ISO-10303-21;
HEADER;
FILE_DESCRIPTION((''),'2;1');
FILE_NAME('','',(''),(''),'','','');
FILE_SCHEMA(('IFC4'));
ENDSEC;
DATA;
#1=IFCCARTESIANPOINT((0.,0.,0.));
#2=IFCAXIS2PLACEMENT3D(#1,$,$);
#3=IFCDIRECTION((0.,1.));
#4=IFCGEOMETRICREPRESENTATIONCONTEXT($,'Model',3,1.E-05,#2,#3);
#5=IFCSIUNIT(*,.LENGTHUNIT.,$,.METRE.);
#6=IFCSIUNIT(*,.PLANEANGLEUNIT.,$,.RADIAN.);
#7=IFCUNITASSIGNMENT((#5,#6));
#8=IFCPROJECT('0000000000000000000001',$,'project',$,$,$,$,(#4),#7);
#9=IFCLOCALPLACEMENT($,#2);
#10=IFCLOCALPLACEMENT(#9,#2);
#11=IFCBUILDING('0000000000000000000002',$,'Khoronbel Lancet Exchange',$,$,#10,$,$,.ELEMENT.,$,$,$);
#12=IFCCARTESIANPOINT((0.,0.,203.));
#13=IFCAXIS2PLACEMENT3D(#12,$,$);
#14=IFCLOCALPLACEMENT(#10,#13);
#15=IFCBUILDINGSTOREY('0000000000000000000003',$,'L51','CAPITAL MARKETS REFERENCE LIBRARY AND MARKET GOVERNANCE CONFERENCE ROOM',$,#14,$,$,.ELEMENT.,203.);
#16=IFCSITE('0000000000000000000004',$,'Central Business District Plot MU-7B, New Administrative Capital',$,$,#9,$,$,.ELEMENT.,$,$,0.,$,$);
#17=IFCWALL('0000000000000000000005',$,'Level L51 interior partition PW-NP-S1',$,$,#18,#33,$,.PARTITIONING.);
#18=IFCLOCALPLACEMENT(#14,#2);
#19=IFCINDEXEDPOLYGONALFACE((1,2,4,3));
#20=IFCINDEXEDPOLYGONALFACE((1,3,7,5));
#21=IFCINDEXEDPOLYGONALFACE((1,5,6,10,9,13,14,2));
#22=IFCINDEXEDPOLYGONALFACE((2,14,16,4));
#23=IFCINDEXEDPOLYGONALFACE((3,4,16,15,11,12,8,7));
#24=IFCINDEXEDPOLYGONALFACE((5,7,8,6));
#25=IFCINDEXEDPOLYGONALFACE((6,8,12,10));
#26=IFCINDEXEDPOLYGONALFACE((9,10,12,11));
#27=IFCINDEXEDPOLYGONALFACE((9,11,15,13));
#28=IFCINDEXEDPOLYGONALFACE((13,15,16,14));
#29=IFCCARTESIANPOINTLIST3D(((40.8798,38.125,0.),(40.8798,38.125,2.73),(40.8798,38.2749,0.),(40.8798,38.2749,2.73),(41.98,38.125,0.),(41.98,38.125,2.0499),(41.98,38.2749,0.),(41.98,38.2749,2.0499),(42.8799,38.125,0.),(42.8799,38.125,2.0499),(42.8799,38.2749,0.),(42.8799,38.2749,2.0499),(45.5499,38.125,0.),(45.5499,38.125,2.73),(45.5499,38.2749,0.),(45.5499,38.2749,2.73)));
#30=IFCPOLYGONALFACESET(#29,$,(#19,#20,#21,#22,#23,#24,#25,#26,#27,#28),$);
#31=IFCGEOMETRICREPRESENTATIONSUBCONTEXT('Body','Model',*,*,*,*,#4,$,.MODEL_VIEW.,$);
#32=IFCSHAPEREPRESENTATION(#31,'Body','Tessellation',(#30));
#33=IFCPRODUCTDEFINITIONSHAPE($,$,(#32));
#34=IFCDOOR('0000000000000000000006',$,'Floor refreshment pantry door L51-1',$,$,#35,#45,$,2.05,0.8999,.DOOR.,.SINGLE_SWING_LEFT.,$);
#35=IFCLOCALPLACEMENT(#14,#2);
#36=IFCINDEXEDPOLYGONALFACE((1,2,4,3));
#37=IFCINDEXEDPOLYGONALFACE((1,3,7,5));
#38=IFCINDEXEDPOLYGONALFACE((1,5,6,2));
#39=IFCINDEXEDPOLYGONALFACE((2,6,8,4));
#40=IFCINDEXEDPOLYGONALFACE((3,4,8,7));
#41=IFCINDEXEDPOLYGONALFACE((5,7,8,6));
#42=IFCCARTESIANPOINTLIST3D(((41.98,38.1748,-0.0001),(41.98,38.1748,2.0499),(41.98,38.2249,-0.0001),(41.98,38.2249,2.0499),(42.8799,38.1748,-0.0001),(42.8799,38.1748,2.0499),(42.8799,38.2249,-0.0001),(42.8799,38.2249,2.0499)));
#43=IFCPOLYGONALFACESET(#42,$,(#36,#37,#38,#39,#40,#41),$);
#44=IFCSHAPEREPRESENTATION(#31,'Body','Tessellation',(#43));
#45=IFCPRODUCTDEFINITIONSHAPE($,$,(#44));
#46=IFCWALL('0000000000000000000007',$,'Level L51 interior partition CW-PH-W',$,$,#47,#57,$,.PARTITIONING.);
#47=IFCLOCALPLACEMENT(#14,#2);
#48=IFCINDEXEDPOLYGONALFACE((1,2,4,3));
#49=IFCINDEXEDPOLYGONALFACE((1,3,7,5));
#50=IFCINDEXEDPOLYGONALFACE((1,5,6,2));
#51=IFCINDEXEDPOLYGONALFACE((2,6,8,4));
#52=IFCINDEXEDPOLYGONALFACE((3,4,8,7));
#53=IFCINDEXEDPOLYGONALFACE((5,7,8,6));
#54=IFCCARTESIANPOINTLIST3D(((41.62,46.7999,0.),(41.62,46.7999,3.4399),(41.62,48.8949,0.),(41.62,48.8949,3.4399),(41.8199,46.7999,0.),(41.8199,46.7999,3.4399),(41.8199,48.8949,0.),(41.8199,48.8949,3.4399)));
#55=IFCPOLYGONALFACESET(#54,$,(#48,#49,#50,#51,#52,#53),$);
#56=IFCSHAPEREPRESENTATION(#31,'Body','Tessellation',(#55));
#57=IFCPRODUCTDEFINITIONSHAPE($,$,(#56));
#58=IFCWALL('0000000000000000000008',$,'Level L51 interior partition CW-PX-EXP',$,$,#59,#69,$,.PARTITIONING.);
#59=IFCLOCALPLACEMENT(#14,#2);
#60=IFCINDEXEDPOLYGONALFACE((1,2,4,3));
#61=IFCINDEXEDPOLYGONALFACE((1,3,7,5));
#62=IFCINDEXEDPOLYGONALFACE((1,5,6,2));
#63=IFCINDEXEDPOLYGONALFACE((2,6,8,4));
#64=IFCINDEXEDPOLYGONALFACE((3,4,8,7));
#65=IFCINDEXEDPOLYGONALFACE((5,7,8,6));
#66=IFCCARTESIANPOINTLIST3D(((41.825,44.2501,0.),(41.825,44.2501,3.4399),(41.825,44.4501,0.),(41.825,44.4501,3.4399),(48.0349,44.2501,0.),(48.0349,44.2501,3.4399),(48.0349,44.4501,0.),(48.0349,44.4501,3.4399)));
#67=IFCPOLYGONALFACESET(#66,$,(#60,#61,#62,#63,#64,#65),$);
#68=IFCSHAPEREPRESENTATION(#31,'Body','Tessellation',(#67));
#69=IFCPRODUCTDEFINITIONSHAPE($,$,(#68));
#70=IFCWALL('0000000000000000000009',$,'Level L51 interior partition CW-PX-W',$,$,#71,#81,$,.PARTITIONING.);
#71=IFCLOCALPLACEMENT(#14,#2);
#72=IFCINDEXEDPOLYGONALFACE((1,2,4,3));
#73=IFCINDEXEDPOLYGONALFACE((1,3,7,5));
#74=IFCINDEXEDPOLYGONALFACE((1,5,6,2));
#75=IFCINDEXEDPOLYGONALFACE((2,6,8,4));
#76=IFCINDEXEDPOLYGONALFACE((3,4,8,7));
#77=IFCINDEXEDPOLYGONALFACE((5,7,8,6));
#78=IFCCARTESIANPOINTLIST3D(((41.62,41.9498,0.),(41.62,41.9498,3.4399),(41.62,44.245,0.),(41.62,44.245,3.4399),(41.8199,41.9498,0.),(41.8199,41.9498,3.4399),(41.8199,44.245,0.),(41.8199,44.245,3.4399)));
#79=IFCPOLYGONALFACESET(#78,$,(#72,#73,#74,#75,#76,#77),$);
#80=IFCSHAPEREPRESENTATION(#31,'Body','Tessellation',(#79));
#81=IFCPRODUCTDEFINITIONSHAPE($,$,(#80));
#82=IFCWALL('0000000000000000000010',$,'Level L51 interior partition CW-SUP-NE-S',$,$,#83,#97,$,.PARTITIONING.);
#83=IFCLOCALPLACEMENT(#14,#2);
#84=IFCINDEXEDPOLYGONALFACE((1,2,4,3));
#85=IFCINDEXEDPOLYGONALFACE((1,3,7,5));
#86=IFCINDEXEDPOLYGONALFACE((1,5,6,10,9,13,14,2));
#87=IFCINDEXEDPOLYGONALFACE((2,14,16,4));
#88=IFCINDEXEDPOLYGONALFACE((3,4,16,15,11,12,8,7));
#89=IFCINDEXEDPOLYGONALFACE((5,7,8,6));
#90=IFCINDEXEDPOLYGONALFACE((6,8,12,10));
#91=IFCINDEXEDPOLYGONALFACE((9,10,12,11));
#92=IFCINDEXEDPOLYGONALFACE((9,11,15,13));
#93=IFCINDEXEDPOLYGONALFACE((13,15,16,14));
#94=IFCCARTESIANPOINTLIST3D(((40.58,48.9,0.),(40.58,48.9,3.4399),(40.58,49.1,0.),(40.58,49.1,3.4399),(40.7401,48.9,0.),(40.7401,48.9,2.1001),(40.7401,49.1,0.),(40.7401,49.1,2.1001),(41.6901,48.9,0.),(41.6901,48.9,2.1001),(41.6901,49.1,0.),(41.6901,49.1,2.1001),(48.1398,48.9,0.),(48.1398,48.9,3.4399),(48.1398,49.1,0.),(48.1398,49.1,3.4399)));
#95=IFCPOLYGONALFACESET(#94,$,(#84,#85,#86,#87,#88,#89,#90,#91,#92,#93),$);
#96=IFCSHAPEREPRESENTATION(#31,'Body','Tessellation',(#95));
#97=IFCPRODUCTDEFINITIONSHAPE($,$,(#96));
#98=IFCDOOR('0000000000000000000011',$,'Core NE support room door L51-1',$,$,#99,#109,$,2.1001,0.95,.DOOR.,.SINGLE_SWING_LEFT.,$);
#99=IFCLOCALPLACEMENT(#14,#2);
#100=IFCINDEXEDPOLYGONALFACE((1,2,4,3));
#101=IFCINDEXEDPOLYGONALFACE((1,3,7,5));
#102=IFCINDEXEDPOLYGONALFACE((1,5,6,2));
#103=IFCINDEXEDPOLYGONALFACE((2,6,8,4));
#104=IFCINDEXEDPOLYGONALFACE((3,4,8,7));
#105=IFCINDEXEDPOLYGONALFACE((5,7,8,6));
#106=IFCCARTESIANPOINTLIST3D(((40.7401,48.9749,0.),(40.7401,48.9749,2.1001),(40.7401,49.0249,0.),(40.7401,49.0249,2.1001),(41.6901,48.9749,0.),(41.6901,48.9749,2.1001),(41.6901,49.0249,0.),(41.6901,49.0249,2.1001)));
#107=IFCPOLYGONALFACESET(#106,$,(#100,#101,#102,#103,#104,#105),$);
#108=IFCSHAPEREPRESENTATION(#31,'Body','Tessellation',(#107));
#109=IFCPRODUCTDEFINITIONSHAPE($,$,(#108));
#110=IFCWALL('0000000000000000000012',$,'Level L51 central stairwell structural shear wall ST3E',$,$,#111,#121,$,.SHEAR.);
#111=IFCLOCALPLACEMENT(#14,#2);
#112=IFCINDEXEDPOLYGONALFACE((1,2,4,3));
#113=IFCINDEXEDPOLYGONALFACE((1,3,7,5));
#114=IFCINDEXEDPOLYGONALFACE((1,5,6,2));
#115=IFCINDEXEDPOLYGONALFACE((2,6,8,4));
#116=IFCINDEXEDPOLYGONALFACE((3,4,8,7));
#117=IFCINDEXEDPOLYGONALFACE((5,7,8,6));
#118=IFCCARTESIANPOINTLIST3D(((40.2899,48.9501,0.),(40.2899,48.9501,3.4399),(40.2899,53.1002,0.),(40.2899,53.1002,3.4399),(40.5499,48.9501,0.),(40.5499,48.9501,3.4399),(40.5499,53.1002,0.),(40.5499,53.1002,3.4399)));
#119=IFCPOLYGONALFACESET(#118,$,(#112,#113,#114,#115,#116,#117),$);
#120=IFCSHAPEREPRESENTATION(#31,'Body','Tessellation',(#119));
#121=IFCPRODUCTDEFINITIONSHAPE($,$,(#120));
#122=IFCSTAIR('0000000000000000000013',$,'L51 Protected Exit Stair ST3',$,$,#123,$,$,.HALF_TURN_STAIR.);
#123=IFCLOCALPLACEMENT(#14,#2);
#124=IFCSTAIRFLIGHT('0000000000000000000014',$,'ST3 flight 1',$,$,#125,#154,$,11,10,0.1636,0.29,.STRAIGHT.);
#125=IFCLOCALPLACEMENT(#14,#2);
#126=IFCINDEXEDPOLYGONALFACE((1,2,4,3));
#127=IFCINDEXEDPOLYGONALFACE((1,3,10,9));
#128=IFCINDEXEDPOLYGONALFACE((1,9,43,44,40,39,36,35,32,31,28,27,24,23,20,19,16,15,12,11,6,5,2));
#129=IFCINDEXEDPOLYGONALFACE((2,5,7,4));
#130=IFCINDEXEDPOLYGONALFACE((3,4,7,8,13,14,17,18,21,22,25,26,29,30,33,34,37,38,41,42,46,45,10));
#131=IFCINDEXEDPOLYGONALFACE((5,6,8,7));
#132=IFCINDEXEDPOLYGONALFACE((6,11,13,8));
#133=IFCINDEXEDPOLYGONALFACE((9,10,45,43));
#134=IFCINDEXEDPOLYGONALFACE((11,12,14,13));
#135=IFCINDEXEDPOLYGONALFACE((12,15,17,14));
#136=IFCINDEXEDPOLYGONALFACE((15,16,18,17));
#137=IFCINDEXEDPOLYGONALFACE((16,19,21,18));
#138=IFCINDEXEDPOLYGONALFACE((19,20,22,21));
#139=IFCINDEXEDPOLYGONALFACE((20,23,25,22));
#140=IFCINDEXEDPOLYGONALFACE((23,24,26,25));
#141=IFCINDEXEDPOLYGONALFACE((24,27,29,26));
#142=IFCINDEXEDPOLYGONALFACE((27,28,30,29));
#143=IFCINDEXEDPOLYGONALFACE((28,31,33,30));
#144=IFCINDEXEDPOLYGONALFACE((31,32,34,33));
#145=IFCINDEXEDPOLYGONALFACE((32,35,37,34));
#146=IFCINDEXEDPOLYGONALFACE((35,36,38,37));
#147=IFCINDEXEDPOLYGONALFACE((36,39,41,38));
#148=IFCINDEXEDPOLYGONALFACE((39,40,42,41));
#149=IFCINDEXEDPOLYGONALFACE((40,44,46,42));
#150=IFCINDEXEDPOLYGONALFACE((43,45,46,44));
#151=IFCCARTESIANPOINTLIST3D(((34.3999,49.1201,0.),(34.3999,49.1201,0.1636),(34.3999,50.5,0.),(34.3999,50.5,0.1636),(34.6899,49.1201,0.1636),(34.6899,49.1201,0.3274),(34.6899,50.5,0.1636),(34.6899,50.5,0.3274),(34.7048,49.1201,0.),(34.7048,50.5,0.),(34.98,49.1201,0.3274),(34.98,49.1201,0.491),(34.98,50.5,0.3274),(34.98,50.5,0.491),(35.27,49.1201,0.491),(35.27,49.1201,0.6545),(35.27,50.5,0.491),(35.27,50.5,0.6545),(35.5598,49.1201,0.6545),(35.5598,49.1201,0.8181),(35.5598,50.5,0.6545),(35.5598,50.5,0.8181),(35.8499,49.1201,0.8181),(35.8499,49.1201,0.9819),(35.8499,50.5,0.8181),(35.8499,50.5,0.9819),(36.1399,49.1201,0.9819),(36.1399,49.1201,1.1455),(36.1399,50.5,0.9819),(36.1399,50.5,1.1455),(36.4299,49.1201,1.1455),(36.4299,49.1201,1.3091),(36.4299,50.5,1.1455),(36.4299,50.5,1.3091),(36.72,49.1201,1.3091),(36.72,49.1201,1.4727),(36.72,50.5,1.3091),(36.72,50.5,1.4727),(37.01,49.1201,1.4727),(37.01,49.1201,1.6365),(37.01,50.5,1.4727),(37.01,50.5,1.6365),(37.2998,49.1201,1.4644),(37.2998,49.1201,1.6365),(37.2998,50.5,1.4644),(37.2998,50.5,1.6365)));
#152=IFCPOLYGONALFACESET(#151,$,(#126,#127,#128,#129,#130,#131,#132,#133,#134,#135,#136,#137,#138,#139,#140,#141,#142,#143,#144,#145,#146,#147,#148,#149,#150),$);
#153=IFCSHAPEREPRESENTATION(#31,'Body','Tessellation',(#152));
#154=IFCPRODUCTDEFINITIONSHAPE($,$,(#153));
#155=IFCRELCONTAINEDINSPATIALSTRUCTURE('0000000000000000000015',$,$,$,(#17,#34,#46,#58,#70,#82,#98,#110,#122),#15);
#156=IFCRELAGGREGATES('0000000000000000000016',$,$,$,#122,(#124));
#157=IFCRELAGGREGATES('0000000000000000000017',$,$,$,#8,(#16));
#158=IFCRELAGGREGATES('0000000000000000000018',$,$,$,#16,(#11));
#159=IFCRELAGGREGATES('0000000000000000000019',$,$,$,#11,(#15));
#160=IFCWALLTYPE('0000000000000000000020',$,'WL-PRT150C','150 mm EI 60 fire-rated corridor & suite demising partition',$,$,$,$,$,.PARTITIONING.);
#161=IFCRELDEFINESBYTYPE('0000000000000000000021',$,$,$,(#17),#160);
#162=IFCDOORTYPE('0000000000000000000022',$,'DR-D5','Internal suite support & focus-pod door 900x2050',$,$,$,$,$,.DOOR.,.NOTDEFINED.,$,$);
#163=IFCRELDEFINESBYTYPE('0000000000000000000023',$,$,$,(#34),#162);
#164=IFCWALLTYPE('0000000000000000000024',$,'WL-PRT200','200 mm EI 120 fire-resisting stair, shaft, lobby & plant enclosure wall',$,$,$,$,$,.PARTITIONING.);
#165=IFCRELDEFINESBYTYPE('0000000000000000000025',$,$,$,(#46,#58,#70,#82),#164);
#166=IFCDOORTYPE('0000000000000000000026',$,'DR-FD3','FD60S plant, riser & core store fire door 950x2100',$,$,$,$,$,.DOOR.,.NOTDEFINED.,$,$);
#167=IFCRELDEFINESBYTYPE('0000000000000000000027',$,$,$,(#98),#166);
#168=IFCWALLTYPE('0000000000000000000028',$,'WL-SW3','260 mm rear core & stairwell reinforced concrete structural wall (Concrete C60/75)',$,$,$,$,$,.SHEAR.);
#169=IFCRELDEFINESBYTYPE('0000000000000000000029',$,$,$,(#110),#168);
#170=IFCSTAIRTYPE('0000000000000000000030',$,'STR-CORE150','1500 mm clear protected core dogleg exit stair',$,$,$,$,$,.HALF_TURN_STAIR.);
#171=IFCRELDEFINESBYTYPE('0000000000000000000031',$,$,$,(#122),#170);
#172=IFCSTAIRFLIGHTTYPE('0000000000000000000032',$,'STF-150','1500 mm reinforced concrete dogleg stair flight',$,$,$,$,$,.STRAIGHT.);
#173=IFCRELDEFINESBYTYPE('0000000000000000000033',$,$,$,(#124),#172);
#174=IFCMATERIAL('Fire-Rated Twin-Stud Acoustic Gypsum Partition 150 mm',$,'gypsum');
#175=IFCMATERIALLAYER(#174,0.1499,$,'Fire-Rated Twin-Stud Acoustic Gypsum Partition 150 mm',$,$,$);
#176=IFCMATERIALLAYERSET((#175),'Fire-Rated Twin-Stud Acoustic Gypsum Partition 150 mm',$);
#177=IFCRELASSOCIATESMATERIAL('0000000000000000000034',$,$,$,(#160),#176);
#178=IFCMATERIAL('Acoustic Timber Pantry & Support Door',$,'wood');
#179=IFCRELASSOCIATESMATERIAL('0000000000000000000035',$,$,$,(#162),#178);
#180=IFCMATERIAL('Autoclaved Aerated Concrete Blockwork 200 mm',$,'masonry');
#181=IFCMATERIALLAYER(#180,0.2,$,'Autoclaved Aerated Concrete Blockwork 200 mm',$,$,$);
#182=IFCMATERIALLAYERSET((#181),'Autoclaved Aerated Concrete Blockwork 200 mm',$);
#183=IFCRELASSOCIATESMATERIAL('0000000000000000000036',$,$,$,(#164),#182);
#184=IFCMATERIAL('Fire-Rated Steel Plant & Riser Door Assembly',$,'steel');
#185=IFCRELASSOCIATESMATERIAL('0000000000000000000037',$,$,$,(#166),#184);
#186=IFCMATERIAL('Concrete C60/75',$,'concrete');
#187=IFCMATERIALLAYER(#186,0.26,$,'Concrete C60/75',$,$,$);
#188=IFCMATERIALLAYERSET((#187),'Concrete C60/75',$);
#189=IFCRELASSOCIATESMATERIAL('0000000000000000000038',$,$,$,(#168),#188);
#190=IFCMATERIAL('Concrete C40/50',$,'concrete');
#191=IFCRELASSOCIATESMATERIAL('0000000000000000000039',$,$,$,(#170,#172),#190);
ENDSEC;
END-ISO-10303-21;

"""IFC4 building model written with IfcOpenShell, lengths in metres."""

from ifc_helpers import new_model, si_unit, direction, frame, frame_2d, origin, place, context, subcontext, project, spatial, polyline, rectangle, outline, extrude, material, layer, layer_set, type_object, element, fill, aggregate, save


model = new_model("IFC4")

# Units and contexts
model_context = context("Model", 3, precision=1e-05, world=origin(), true_north=direction((0.0, 1.0)))
body_context = subcontext(model_context, "Body", "Model", "MODEL_VIEW")
ifc_project = project(units=[si_unit("LENGTHUNIT", "METRE"), si_unit("PLANEANGLEUNIT", "RADIAN")], contexts=[model_context])

# Site, building, storey
site_placement = place(None, origin())
site = spatial("IfcSite", under=ifc_project, at=site_placement, Name="Central Business District Plot MU-7B, New Administrative Capital", CompositionType="ELEMENT", RefElevation=0.0)
building_placement = place(site_placement, origin())
building = spatial("IfcBuilding", under=site, at=building_placement, Name="Khoronbel Lancet Exchange", CompositionType="ELEMENT")
storey_placement = place(building_placement, frame((0.0, 0.0, 203.0)))
storey = spatial("IfcBuildingStorey", under=building, at=storey_placement, Name="L51", Description="CAPITAL MARKETS REFERENCE LIBRARY AND MARKET GOVERNANCE CONFERENCE ROOM", CompositionType="ELEMENT", Elevation=203.0)

# Shared definitions
ifc_material_1 = material(Name="Concrete C60/75", Category="concrete")

# Wall, opening, door
ifc_material_2 = material(Name="Fire-Rated Twin-Stud Acoustic Gypsum Partition 150 mm", Category="gypsum")
ifc_layer_1 = layer(ifc_material_2, 0.1499, Name="Fire-Rated Twin-Stud Acoustic Gypsum Partition 150 mm")
ifc_layer_set_1 = layer_set([ifc_layer_1], Name="Fire-Rated Twin-Stud Acoustic Gypsum Partition 150 mm")
wall_type_1 = type_object("IfcWallType", Name="WL-PRT150C", Description="150 mm EI 60 fire-rated corridor & suite demising partition", PredefinedType="PARTITIONING", material=ifc_layer_set_1)
wall_1_placement = place(storey_placement, frame((40.8799, 38.2, 0.0), z_axis=(0.0, 0.0, 1.0), x_axis=(1.0, 0.0, 0.0)))
wall_1 = element("IfcWall", 1, at=wall_1_placement, inside=storey, type_object=wall_type_1, Name="Level L51 interior partition PW-NP-S1", PredefinedType="PARTITIONING", context=body_context, shape_type="SweptSolid", body=[
    extrude(rectangle(XDim=4.6702, YDim=0.1499, at=frame_2d((2.335, 0.0))), origin(), (0.0, 0.0, 1.0), 2.73),
])
opening_1_placement = place(wall_1_placement, frame((1.1001, 0.0, 0.0)))
opening_1 = element("IfcOpeningElement", 2, at=opening_1_placement, cuts=wall_1, PredefinedType="OPENING", context=body_context, shape_type="SweptSolid", body=[
    extrude(rectangle(XDim=0.8999, YDim=2.05, at=frame_2d((0.45, 1.0249))), frame((0.0, 0.085, 0.0), z_axis=(0.0, -1.0, 0.0), x_axis=(1.0, 0.0, 0.0)), (0.0, 0.0, 1.0), 0.1699),
])
ifc_material_3 = material(Name="Acoustic Timber Pantry & Support Door", Category="wood")
door_type_1 = type_object("IfcDoorType", Name="DR-D5", Description="Internal suite support & focus-pod door 900x2050", OperationType="NOTDEFINED", PredefinedType="DOOR", material=ifc_material_3)
door_1_placement = place(opening_1_placement, origin())
door_1 = element("IfcDoor", 3, at=door_1_placement, inside=storey, type_object=door_type_1, Name="Floor refreshment pantry door L51-1", OperationType="SINGLE_SWING_LEFT", OverallHeight=2.05, OverallWidth=0.8999, PredefinedType="DOOR", context=body_context, shape_type="SweptSolid", body=[
    extrude(rectangle(XDim=0.8999, YDim=2.05, at=frame_2d((0.45, 1.0249))), frame((0.0, 0.0249, 0.0), z_axis=(0.0, -1.0, 0.0), x_axis=(1.0, 0.0, 0.0)), (0.0, 0.0, 1.0), 0.05),
])
fill(opening_1, door_1)

# Walls
ifc_material_4 = material(Name="Autoclaved Aerated Concrete Blockwork 200 mm", Category="masonry")
ifc_layer_2 = layer(ifc_material_4, 0.2, Name="Autoclaved Aerated Concrete Blockwork 200 mm")
ifc_layer_set_2 = layer_set([ifc_layer_2], Name="Autoclaved Aerated Concrete Blockwork 200 mm")
wall_type_2 = type_object("IfcWallType", Name="WL-PRT200", Description="200 mm EI 120 fire-resisting stair, shaft, lobby & plant enclosure wall", PredefinedType="PARTITIONING", material=ifc_layer_set_2)
wall_2_placement = place(storey_placement, frame((41.72, 46.8, 0.0), z_axis=(0.0, 0.0, 1.0), x_axis=(0.0, 1.0, 0.0)))
element("IfcWall", 4, at=wall_2_placement, inside=storey, type_object=wall_type_2, Name="Level L51 interior partition CW-PH-W", PredefinedType="PARTITIONING", context=body_context, shape_type="SweptSolid", body=[
    extrude(rectangle(XDim=2.095, YDim=0.2, at=frame_2d((1.0474, 0.0))), origin(), (0.0, 0.0, 1.0), 3.4399),
])
wall_3_placement = place(storey_placement, frame((41.825, 44.3501, 0.0), z_axis=(0.0, 0.0, 1.0), x_axis=(1.0, 0.0, 0.0)))
element("IfcWall", 5, at=wall_3_placement, inside=storey, type_object=wall_type_2, Name="Level L51 interior partition CW-PX-EXP", PredefinedType="PARTITIONING", context=body_context, shape_type="SweptSolid", body=[
    extrude(rectangle(XDim=6.21, YDim=0.2, at=frame_2d((3.105, 0.0))), origin(), (0.0, 0.0, 1.0), 3.4399),
])
wall_4_placement = place(storey_placement, frame((41.72, 41.95, 0.0), z_axis=(0.0, 0.0, 1.0), x_axis=(0.0, 1.0, 0.0)))
element("IfcWall", 6, at=wall_4_placement, inside=storey, type_object=wall_type_2, Name="Level L51 interior partition CW-PX-W", PredefinedType="PARTITIONING", context=body_context, shape_type="SweptSolid", body=[
    extrude(rectangle(XDim=2.2952, YDim=0.2, at=frame_2d((1.1475, 0.0))), origin(), (0.0, 0.0, 1.0), 3.4399),
])

# Wall, opening, door
wall_5_placement = place(storey_placement, frame((40.5801, 49.0, 0.0), z_axis=(0.0, 0.0, 1.0), x_axis=(1.0, 0.0, 0.0)))
wall_5 = element("IfcWall", 7, at=wall_5_placement, inside=storey, type_object=wall_type_2, Name="Level L51 interior partition CW-SUP-NE-S", PredefinedType="PARTITIONING", context=body_context, shape_type="SweptSolid", body=[
    extrude(rectangle(XDim=7.5598, YDim=0.2, at=frame_2d((3.7798, 0.0))), origin(), (0.0, 0.0, 1.0), 3.4399),
])
opening_2_placement = place(wall_5_placement, frame((0.1599, 0.0, 0.0)))
opening_2 = element("IfcOpeningElement", 8, at=opening_2_placement, cuts=wall_5, PredefinedType="OPENING", context=body_context, shape_type="SweptSolid", body=[
    extrude(rectangle(XDim=0.95, YDim=2.1001, at=frame_2d((0.4751, 1.05))), frame((0.0, 0.1099, 0.0), z_axis=(0.0, -1.0, 0.0), x_axis=(1.0, 0.0, 0.0)), (0.0, 0.0, 1.0), 0.22),
])
ifc_material_5 = material(Name="Fire-Rated Steel Plant & Riser Door Assembly", Category="steel")
door_type_2 = type_object("IfcDoorType", Name="DR-FD3", Description="FD60S plant, riser & core store fire door 950x2100", OperationType="NOTDEFINED", PredefinedType="DOOR", material=ifc_material_5)
door_2_placement = place(opening_2_placement, origin())
door_2 = element("IfcDoor", 9, at=door_2_placement, inside=storey, type_object=door_type_2, Name="Core NE support room door L51-1", OperationType="SINGLE_SWING_LEFT", OverallHeight=2.1001, OverallWidth=0.95, PredefinedType="DOOR", context=body_context, shape_type="SweptSolid", body=[
    extrude(rectangle(XDim=0.95, YDim=2.1001, at=frame_2d((0.4751, 1.05))), frame((0.0, 0.0249, 0.0), z_axis=(0.0, -1.0, 0.0), x_axis=(1.0, 0.0, 0.0)), (0.0, 0.0, 1.0), 0.05),
])
fill(opening_2, door_2)

# Wall
ifc_layer_3 = layer(ifc_material_1, 0.26, Name="Concrete C60/75")
ifc_layer_set_3 = layer_set([ifc_layer_3], Name="Concrete C60/75")
wall_type_3 = type_object("IfcWallType", Name="WL-SW3", Description="260 mm rear core & stairwell reinforced concrete structural wall (Concrete C60/75)", PredefinedType="SHEAR", material=ifc_layer_set_3)
wall_6_placement = place(storey_placement, frame((40.4199, 48.95, 0.0), z_axis=(0.0, 0.0, 1.0), x_axis=(0.0, 1.0, 0.0)))
element("IfcWall", 10, at=wall_6_placement, inside=storey, type_object=wall_type_3, Name="Level L51 central stairwell structural shear wall ST3E", PredefinedType="SHEAR", context=body_context, shape_type="SweptSolid", body=[
    extrude(rectangle(XDim=4.1501, YDim=0.26, at=frame_2d((2.0752, 0.0))), origin(), (0.0, 0.0, 1.0), 3.4399),
])

# Stair, stair flight
ifc_material_6 = material(Name="Concrete C40/50", Category="concrete")
stair_type = type_object("IfcStairType", Name="STR-CORE150", Description="1500 mm clear protected core dogleg exit stair", PredefinedType="HALF_TURN_STAIR", material=ifc_material_6)
stair_placement = place(storey_placement, origin())
stair = element("IfcStair", 11, at=stair_placement, inside=storey, type_object=stair_type, Name="L51 Protected Exit Stair ST3", PredefinedType="HALF_TURN_STAIR")
stair_flight_type = type_object("IfcStairFlightType", Name="STF-150", Description="1500 mm reinforced concrete dogleg stair flight", PredefinedType="STRAIGHT", material=ifc_material_6)
stair_flight_1_placement = place(storey_placement, frame((34.3999, 49.8101, 0.0), z_axis=(0.0, 0.0, 1.0), x_axis=(1.0, 0.0, 0.0)))
stair_flight_1 = element("IfcStairFlight", 12, at=stair_flight_1_placement, type_object=stair_flight_type, Name="ST3 flight 1", NumberOfRisers=11, NumberOfTreads=10, PredefinedType="STRAIGHT", RiserHeight=0.1636, TreadLength=0.29, context=body_context, shape_type="SweptSolid", body=[
    extrude(outline(polyline([(0.0, 0.0), (0.0, 0.1636), (0.29, 0.1636), (0.29, 0.3274), (0.5801, 0.3274), (0.5801, 0.491), (0.8701, 0.491), (0.8701, 0.6545), (1.1599, 0.6545), (1.1599, 0.8181), (1.45, 0.8181), (1.45, 0.9819), (1.74, 0.9819), (1.74, 1.1455), (2.03, 1.1455), (2.03, 1.3091), (2.3201, 1.3091), (2.3201, 1.4727), (2.6101, 1.4727), (2.6101, 1.6365), (2.8999, 1.6365), (2.8999, 1.8), (2.8999, 1.4644), (0.3049, 0.0), (0.0, 0.0)])), frame((0.0, 0.6899, 0.0), z_axis=(0.0, -1.0, 0.0), x_axis=(1.0, 0.0, 0.0)), (0.0, 0.0, 1.0), 1.3799),
])
aggregate(stair, [stair_flight_1])

save(model, "model.ifc")
